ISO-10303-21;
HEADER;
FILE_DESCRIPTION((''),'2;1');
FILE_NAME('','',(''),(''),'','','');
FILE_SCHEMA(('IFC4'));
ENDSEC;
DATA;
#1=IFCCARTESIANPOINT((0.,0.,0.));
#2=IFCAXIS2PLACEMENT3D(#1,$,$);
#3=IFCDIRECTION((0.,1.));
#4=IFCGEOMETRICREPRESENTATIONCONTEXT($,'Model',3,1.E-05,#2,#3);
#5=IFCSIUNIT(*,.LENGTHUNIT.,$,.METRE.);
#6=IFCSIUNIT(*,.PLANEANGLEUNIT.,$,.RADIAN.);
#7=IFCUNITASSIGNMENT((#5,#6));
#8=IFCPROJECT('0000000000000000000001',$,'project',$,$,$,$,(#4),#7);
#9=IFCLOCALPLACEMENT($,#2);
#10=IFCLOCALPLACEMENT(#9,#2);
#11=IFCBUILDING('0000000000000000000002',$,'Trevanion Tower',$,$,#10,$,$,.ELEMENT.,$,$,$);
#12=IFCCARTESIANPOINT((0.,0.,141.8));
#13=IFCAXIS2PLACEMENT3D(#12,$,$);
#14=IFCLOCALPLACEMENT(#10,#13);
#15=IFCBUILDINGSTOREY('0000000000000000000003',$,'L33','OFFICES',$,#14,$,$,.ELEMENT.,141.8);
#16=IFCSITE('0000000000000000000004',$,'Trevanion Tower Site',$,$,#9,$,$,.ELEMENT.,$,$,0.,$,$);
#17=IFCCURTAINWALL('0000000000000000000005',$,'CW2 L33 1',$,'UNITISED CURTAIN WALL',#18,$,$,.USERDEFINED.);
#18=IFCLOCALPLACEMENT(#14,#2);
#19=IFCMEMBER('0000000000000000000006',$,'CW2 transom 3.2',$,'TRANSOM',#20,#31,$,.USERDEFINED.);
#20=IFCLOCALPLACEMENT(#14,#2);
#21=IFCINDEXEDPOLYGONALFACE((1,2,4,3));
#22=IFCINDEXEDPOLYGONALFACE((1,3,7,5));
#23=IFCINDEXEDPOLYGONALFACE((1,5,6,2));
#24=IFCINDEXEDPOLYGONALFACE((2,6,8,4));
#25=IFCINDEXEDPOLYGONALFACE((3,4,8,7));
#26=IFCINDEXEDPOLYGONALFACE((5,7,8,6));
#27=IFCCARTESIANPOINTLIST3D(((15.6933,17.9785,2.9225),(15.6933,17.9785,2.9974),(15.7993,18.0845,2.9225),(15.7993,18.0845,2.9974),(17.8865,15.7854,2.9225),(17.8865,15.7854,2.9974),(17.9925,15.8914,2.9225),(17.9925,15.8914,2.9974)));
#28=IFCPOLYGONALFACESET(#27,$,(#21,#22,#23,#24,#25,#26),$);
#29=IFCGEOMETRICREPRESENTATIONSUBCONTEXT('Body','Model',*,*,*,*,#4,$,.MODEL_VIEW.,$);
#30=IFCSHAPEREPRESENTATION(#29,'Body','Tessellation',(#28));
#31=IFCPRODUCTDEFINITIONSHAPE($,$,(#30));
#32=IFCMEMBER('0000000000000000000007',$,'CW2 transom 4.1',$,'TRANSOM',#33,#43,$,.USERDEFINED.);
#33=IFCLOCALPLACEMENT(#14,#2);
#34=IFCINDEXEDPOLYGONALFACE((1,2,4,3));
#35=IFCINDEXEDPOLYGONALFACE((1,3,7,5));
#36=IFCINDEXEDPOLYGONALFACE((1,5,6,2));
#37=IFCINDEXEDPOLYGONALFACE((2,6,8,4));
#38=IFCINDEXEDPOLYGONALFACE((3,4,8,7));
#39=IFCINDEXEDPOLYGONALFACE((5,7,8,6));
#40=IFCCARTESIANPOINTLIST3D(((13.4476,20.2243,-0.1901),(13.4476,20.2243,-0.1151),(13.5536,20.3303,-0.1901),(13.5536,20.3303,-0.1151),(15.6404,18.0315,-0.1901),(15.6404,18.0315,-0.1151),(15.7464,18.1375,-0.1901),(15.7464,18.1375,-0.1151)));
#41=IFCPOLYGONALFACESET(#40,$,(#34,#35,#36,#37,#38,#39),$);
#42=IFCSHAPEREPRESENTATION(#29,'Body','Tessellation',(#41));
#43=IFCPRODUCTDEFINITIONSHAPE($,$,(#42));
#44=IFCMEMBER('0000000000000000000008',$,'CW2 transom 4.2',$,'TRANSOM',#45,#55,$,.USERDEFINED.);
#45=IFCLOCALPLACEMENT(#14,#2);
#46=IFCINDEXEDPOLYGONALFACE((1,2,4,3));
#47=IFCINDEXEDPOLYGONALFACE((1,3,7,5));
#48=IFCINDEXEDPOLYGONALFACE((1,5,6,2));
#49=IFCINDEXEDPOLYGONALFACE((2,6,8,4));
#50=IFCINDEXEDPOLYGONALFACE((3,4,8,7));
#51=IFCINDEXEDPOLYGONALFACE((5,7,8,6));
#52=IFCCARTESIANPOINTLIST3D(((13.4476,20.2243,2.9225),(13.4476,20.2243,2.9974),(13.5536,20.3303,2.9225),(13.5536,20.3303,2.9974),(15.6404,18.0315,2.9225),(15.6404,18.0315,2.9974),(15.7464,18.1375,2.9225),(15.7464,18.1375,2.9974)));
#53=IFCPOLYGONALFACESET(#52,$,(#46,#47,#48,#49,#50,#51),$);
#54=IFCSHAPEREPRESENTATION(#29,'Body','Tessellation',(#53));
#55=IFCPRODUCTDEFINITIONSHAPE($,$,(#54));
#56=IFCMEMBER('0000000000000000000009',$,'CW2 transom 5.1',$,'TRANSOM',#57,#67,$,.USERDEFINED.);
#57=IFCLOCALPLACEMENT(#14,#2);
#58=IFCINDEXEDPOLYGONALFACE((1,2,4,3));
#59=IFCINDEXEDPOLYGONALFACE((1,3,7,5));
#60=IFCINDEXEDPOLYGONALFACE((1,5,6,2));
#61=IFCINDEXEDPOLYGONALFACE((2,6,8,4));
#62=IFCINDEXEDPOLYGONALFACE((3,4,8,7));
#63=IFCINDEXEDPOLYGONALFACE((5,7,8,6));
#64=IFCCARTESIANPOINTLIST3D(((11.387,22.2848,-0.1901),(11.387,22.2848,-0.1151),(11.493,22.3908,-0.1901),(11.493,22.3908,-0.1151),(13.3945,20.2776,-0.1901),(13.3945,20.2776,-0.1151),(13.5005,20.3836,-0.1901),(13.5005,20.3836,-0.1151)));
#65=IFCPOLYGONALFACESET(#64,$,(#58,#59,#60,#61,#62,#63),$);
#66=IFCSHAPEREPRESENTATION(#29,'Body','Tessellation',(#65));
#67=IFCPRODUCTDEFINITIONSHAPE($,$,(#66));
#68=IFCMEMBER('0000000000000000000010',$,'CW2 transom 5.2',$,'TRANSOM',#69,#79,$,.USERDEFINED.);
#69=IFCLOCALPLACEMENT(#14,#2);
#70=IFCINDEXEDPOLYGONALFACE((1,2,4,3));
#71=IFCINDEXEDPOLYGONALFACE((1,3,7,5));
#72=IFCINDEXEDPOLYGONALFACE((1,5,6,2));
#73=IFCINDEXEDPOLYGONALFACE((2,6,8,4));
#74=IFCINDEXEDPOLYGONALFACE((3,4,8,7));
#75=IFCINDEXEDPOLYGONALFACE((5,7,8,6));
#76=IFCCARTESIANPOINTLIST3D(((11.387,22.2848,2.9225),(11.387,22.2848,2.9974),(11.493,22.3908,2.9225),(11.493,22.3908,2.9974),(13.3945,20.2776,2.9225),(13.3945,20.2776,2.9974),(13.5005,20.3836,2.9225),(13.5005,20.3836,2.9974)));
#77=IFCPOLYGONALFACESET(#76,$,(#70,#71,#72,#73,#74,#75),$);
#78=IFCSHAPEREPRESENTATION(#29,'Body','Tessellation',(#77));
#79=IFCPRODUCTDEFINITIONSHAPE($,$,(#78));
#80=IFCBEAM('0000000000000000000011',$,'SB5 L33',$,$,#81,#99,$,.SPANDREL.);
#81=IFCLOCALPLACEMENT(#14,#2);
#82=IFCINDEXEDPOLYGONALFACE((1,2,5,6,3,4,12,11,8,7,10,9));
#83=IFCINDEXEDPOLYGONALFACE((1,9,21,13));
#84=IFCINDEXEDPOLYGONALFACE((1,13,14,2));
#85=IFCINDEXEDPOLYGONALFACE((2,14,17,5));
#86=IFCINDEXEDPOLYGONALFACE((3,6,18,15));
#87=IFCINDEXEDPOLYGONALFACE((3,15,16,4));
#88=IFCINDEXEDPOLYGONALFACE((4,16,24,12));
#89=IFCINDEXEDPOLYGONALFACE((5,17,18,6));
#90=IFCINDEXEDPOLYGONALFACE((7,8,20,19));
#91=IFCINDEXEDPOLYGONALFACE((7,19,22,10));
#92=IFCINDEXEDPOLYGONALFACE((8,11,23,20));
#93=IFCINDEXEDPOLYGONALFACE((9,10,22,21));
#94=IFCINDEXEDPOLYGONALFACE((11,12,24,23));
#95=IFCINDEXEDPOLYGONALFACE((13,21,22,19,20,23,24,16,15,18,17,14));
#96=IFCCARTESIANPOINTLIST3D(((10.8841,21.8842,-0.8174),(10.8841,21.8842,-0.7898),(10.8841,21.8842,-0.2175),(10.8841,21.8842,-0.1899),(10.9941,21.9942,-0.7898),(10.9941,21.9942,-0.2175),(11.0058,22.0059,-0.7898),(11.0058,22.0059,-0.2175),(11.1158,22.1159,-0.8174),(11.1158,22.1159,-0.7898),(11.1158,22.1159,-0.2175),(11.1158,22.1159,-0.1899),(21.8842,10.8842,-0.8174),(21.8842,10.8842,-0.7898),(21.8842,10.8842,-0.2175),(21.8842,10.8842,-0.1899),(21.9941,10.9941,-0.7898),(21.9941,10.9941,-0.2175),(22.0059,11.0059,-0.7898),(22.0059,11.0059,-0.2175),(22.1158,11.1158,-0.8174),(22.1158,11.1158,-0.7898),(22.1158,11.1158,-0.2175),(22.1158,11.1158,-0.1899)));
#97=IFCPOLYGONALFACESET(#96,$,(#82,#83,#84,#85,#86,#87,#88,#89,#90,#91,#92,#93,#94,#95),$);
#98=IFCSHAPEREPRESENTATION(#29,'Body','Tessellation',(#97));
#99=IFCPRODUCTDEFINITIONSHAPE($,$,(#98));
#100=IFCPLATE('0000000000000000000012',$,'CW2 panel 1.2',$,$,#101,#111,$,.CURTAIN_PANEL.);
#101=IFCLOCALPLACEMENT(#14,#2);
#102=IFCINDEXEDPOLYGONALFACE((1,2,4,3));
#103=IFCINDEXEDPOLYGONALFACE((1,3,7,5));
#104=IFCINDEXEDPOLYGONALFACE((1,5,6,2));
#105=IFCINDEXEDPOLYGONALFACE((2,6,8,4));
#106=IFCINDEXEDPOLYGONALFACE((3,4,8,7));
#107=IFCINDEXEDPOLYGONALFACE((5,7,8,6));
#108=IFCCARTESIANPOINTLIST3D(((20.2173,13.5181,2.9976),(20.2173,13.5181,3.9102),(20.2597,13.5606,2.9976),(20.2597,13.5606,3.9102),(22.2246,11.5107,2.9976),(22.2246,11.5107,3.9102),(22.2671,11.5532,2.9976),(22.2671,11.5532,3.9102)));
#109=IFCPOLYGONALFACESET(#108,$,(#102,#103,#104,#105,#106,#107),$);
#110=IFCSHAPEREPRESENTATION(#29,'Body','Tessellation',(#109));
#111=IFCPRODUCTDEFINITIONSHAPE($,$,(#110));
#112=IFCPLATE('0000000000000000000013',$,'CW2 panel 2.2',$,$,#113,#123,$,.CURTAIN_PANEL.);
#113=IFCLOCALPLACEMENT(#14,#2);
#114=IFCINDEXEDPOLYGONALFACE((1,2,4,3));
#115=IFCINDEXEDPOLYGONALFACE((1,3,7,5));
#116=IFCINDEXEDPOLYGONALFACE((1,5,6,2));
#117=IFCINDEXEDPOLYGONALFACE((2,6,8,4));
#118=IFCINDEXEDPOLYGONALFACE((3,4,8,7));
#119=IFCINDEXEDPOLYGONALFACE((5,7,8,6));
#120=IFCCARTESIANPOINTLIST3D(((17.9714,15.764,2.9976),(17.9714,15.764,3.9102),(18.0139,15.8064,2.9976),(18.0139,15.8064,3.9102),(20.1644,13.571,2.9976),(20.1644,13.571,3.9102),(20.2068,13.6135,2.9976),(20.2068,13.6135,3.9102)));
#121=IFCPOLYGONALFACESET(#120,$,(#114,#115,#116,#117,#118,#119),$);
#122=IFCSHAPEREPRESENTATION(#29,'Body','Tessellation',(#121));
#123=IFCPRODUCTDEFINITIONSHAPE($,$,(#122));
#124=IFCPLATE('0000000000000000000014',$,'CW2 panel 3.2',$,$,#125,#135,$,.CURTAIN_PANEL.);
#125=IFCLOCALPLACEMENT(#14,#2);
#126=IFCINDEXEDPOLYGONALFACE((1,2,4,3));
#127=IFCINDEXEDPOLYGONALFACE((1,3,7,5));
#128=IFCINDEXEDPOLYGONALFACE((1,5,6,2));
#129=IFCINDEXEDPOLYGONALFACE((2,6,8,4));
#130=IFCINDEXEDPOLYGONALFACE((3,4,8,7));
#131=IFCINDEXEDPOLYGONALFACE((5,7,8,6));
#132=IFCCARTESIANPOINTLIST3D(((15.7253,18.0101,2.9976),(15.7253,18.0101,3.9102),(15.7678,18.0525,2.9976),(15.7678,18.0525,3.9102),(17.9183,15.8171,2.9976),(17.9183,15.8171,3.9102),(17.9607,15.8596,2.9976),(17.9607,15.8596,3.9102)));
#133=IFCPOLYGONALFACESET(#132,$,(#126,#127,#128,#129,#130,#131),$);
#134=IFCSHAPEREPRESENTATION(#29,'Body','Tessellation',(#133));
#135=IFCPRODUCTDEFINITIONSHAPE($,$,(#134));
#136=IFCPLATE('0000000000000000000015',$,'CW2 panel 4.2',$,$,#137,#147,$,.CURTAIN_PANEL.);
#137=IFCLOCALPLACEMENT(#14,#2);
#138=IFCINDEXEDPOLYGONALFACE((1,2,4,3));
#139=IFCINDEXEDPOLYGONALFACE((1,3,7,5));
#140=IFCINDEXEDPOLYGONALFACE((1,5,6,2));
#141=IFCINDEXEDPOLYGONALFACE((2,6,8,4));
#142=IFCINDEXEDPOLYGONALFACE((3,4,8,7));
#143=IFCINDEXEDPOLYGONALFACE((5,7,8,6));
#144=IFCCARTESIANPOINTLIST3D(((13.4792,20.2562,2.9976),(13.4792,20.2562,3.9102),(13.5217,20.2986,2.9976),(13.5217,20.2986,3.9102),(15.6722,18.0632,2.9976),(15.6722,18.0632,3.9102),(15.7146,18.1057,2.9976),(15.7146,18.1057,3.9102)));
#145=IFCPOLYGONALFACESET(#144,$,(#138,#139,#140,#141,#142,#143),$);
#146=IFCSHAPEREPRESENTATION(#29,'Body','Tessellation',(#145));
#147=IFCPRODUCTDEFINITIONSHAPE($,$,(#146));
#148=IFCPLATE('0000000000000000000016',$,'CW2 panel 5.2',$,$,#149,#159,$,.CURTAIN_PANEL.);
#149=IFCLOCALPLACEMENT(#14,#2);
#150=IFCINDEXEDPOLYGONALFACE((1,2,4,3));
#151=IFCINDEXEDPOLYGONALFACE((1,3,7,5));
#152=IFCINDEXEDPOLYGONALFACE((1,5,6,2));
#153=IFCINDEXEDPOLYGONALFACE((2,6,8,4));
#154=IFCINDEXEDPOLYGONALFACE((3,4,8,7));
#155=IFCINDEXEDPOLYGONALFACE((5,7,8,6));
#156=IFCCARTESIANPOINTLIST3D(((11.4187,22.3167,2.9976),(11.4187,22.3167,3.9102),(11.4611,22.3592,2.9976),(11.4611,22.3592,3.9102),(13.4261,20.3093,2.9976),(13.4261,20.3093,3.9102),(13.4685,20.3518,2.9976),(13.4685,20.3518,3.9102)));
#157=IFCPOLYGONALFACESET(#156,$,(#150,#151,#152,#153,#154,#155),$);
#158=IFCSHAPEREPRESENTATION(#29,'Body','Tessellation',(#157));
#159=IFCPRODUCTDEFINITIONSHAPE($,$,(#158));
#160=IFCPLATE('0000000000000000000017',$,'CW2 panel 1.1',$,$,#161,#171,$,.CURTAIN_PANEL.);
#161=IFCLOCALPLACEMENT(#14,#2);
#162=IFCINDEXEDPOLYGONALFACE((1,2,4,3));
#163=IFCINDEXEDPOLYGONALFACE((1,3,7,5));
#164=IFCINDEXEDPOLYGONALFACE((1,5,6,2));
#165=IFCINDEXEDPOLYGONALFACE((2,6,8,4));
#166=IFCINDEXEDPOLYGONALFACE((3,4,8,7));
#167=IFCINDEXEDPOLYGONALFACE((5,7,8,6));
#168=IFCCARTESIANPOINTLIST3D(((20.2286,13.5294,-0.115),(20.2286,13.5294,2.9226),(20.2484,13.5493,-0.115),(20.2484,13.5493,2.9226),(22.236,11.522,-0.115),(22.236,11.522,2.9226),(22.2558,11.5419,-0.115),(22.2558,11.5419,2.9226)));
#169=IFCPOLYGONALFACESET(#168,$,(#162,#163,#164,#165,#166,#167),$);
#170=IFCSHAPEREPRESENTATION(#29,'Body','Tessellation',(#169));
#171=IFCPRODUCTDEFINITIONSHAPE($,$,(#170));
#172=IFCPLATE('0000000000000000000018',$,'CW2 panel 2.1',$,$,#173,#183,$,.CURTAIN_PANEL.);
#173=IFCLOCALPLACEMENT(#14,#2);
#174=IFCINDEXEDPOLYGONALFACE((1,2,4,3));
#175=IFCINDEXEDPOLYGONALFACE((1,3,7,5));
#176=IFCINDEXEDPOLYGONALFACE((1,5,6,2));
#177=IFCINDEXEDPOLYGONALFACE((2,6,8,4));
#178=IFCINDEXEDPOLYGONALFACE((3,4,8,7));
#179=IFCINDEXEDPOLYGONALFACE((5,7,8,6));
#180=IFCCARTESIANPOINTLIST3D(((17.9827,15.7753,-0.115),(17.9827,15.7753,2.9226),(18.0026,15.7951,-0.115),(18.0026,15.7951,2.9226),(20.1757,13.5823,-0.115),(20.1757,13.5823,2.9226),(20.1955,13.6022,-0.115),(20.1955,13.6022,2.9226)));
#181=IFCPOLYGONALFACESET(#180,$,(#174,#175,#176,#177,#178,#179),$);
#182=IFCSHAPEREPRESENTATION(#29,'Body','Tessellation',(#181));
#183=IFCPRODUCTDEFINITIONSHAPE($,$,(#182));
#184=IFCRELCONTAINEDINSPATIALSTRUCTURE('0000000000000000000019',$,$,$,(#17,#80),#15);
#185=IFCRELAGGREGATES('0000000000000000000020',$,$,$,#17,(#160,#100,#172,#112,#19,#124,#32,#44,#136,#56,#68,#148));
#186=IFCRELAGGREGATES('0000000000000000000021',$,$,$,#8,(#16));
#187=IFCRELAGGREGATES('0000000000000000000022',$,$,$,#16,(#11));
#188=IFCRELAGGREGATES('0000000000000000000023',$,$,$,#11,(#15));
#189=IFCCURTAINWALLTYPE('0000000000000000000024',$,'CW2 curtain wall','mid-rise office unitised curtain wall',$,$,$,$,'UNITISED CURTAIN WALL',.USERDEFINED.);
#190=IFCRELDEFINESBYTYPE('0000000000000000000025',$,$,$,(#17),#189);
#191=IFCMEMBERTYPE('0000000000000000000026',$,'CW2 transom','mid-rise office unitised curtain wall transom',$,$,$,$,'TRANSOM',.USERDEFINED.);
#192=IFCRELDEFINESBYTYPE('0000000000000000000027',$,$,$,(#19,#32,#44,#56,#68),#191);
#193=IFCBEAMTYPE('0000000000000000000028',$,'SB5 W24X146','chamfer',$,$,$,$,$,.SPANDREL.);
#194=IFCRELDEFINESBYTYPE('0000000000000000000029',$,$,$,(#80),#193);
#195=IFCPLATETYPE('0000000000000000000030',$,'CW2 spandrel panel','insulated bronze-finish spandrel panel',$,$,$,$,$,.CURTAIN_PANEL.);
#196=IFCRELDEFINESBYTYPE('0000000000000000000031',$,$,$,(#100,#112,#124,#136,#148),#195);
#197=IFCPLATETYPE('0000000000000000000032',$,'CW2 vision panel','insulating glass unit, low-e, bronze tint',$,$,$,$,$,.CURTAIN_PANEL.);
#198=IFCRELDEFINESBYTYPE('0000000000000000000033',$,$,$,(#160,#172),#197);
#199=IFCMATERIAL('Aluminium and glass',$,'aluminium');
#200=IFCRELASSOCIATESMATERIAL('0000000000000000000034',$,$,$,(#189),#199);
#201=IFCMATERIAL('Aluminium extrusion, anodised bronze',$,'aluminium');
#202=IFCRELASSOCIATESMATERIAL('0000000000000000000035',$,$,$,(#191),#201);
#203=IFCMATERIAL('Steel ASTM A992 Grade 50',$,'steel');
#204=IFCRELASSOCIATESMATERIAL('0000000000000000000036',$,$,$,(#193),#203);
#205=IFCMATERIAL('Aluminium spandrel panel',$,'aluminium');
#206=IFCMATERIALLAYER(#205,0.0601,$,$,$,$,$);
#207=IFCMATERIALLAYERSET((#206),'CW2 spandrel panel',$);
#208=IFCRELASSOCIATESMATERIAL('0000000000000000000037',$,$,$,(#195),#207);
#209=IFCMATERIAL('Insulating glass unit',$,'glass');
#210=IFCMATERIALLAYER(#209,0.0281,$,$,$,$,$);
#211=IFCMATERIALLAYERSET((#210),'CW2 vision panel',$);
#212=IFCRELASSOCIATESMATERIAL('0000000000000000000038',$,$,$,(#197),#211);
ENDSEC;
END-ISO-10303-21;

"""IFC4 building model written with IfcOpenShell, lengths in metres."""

from ifc_helpers import new_model, si_unit, direction, frame, origin, origin_2d, place, context, subcontext, project, spatial, rectangle, i_section, extrude, material, layer, layer_set, material_profile, profile_set, type_object, element, aggregate, save


model = new_model("IFC4")

# Units and contexts
model_context = context("Model", 3, precision=1e-05, world=origin(), true_north=direction((0.0, 1.0)))
body_context = subcontext(model_context, "Body", "Model", "MODEL_VIEW")
ifc_project = project(units=[si_unit("LENGTHUNIT", "METRE"), si_unit("PLANEANGLEUNIT", "RADIAN")], contexts=[model_context])

# Site, building, storey
site_placement = place(None, origin())
site = spatial("IfcSite", under=ifc_project, at=site_placement, Name="Trevanion Tower Site", CompositionType="ELEMENT", RefElevation=0.0)
building_placement = place(site_placement, origin())
building = spatial("IfcBuilding", under=site, at=building_placement, Name="Trevanion Tower", CompositionType="ELEMENT")
storey_placement = place(building_placement, frame((0.0, 0.0, 141.8)))
storey = spatial("IfcBuildingStorey", under=building, at=storey_placement, Name="L33", Description="OFFICES", CompositionType="ELEMENT", Elevation=141.8)

# Curtain wall
ifc_material_1 = material(Name="Aluminium and glass", Category="aluminium")
curtain_wall_type = type_object("IfcCurtainWallType", Name="CW2 curtain wall", Description="mid-rise office unitised curtain wall", ElementType="UNITISED CURTAIN WALL", PredefinedType="USERDEFINED", material=ifc_material_1)
curtain_wall_1_placement = place(storey_placement, origin())
curtain_wall_1 = element("IfcCurtainWall", 1, at=curtain_wall_1_placement, inside=storey, type_object=curtain_wall_type, Name="CW2 L33 1", ObjectType="UNITISED CURTAIN WALL", PredefinedType="USERDEFINED")

# Members
ifc_material_2 = material(Name="Aluminium extrusion, anodised bronze", Category="aluminium")
ifc_material_profile_1 = material_profile(ifc_material_2, rectangle(XDim=0.1499, YDim=0.075, at=origin_2d()), Name="CW2 transom")
ifc_profile_set_1 = profile_set([ifc_material_profile_1], Name="Aluminium extrusion, anodised bronze")
member_type_1 = type_object("IfcMemberType", Name="CW2 transom", Description="mid-rise office unitised curtain wall transom", ElementType="TRANSOM", PredefinedType="USERDEFINED", material=ifc_profile_set_1)
member_1_placement = place(storey_placement, frame((17.9395, 15.8384, 2.96), z_axis=(-0.707107, 0.707107, 0.0), x_axis=(-0.707107, -0.707107, 0.0)))
member_1 = element("IfcMember", 2, at=member_1_placement, type_object=member_type_1, Name="CW2 transom 3.2", ObjectType="TRANSOM", PredefinedType="USERDEFINED", context=body_context, shape_type="SweptSolid", body=[
    extrude(rectangle(XDim=0.1499, YDim=0.075, at=origin_2d()), origin(), (0.0, 0.0, 1.0), 3.1016),
])
member_2_placement = place(storey_placement, frame((15.6934, 18.0845, -0.1526), z_axis=(-0.707107, 0.707107, 0.0), x_axis=(-0.707107, -0.707107, 0.0)))
member_2 = element("IfcMember", 3, at=member_2_placement, type_object=member_type_1, Name="CW2 transom 4.1", ObjectType="TRANSOM", PredefinedType="USERDEFINED", context=body_context, shape_type="SweptSolid", body=[
    extrude(rectangle(XDim=0.1499, YDim=0.075, at=origin_2d()), origin(), (0.0, 0.0, 1.0), 3.1011),
])
member_3_placement = place(storey_placement, frame((15.6934, 18.0845, 2.96), z_axis=(-0.707107, 0.707107, 0.0), x_axis=(-0.707107, -0.707107, 0.0)))
member_3 = element("IfcMember", 4, at=member_3_placement, type_object=member_type_1, Name="CW2 transom 4.2", ObjectType="TRANSOM", PredefinedType="USERDEFINED", context=body_context, shape_type="SweptSolid", body=[
    extrude(rectangle(XDim=0.1499, YDim=0.075, at=origin_2d()), origin(), (0.0, 0.0, 1.0), 3.1011),
])
member_4_placement = place(storey_placement, frame((13.4475, 20.3306, -0.1526), z_axis=(-0.70715, 0.707064, 0.0), x_axis=(-0.707064, -0.70715, 0.0)))
member_4 = element("IfcMember", 5, at=member_4_placement, type_object=member_type_1, Name="CW2 transom 5.1", ObjectType="TRANSOM", PredefinedType="USERDEFINED", context=body_context, shape_type="SweptSolid", body=[
    extrude(rectangle(XDim=0.1499, YDim=0.075, at=origin_2d()), origin(), (0.0, 0.0, 1.0), 2.8389),
])
member_5_placement = place(storey_placement, frame((13.4475, 20.3306, 2.96), z_axis=(-0.70715, 0.707064, 0.0), x_axis=(-0.707064, -0.70715, 0.0)))
member_5 = element("IfcMember", 6, at=member_5_placement, type_object=member_type_1, Name="CW2 transom 5.2", ObjectType="TRANSOM", PredefinedType="USERDEFINED", context=body_context, shape_type="SweptSolid", body=[
    extrude(rectangle(XDim=0.1499, YDim=0.075, at=origin_2d()), origin(), (0.0, 0.0, 1.0), 2.8389),
])

# Beam
ifc_material_3 = material(Name="Steel ASTM A992 Grade 50", Category="steel")
ifc_material_profile_2 = material_profile(ifc_material_3, i_section(OverallWidth=0.3276, OverallDepth=0.6274, WebThickness=0.0166, FlangeThickness=0.0276, at=origin_2d()), Name="W24X146")
ifc_profile_set_2 = profile_set([ifc_material_profile_2], Name="Steel ASTM A992 Grade 50")
beam_type_1 = type_object("IfcBeamType", Name="SB5 W24X146", Description="chamfer", PredefinedType="SPANDREL", material=ifc_profile_set_2)
beam_1_placement = place(storey_placement, frame((22.0, 11.0, -0.5037), z_axis=(-0.707107, 0.707107, 0.0), x_axis=(-0.707107, -0.707107, 0.0)))
element("IfcBeam", 7, at=beam_1_placement, inside=storey, type_object=beam_type_1, Name="SB5 L33", PredefinedType="SPANDREL", context=body_context, shape_type="SweptSolid", body=[
    extrude(i_section(OverallWidth=0.3276, OverallDepth=0.6274, WebThickness=0.0166, FlangeThickness=0.0276, at=origin_2d()), origin(), (0.0, 0.0, 1.0), 15.5564),
])

# Plates
ifc_material_4 = material(Name="Aluminium spandrel panel", Category="aluminium")
ifc_layer_1 = layer(ifc_material_4, 0.0601)
ifc_layer_set_1 = layer_set([ifc_layer_1], Name="CW2 spandrel panel")
plate_type_1 = type_object("IfcPlateType", Name="CW2 spandrel panel", Description="insulated bronze-finish spandrel panel", PredefinedType="CURTAIN_PANEL", material=ifc_layer_set_1)
plate_1_placement = place(storey_placement, frame((21.2422, 12.5356, 2.9976), z_axis=(0.0, 0.0, 1.0), x_axis=(-0.707107, 0.707107, 0.0)))
plate_1 = element("IfcPlate", 8, at=plate_1_placement, type_object=plate_type_1, Name="CW2 panel 1.2", PredefinedType="CURTAIN_PANEL", context=body_context, shape_type="SweptSolid", body=[
    extrude(rectangle(XDim=2.8389, YDim=0.0601, at=origin_2d()), origin(), (0.0, 0.0, 1.0), 0.9126),
])
plate_2_placement = place(storey_placement, frame((19.0891, 14.6887, 2.9976), z_axis=(0.0, 0.0, 1.0), x_axis=(-0.707107, 0.707107, 0.0)))
plate_2 = element("IfcPlate", 9, at=plate_2_placement, type_object=plate_type_1, Name="CW2 panel 2.2", PredefinedType="CURTAIN_PANEL", context=body_context, shape_type="SweptSolid", body=[
    extrude(rectangle(XDim=3.1013, YDim=0.0601, at=origin_2d()), origin(), (0.0, 0.0, 1.0), 0.9126),
])
plate_3_placement = place(storey_placement, frame((16.843, 16.9348, 2.9976), z_axis=(0.0, 0.0, 1.0), x_axis=(-0.707107, 0.707107, 0.0)))
plate_3 = element("IfcPlate", 10, at=plate_3_placement, type_object=plate_type_1, Name="CW2 panel 3.2", PredefinedType="CURTAIN_PANEL", context=body_context, shape_type="SweptSolid", body=[
    extrude(rectangle(XDim=3.1013, YDim=0.0601, at=origin_2d()), origin(), (0.0, 0.0, 1.0), 0.9126),
])
plate_4_placement = place(storey_placement, frame((14.5969, 19.1809, 2.9976), z_axis=(0.0, 0.0, 1.0), x_axis=(-0.707107, 0.707107, 0.0)))
plate_4 = element("IfcPlate", 11, at=plate_4_placement, type_object=plate_type_1, Name="CW2 panel 4.2", PredefinedType="CURTAIN_PANEL", context=body_context, shape_type="SweptSolid", body=[
    extrude(rectangle(XDim=3.1013, YDim=0.0601, at=origin_2d()), origin(), (0.0, 0.0, 1.0), 0.9126),
])
plate_5_placement = place(storey_placement, frame((12.4436, 21.3342, 2.9976), z_axis=(0.0, 0.0, 1.0), x_axis=(-0.707107, 0.707107, 0.0)))
plate_5 = element("IfcPlate", 12, at=plate_5_placement, type_object=plate_type_1, Name="CW2 panel 5.2", PredefinedType="CURTAIN_PANEL", context=body_context, shape_type="SweptSolid", body=[
    extrude(rectangle(XDim=2.8389, YDim=0.0601, at=origin_2d()), origin(), (0.0, 0.0, 1.0), 0.9126),
])
ifc_material_5 = material(Name="Insulating glass unit", Category="glass")
ifc_layer_2 = layer(ifc_material_5, 0.0281)
ifc_layer_set_2 = layer_set([ifc_layer_2], Name="CW2 vision panel")
plate_type_2 = type_object("IfcPlateType", Name="CW2 vision panel", Description="insulating glass unit, low-e, bronze tint", PredefinedType="CURTAIN_PANEL", material=ifc_layer_set_2)
plate_6_placement = place(storey_placement, frame((21.2422, 12.5356, -0.115), z_axis=(0.0, 0.0, 1.0), x_axis=(-0.707107, 0.707107, 0.0)))
plate_6 = element("IfcPlate", 13, at=plate_6_placement, type_object=plate_type_2, Name="CW2 panel 1.1", PredefinedType="CURTAIN_PANEL", context=body_context, shape_type="SweptSolid", body=[
    extrude(rectangle(XDim=2.8389, YDim=0.0281, at=origin_2d()), origin(), (0.0, 0.0, 1.0), 3.0376),
])
plate_7_placement = place(storey_placement, frame((19.0891, 14.6887, -0.115), z_axis=(0.0, 0.0, 1.0), x_axis=(-0.707107, 0.707107, 0.0)))
plate_7 = element("IfcPlate", 14, at=plate_7_placement, type_object=plate_type_2, Name="CW2 panel 2.1", PredefinedType="CURTAIN_PANEL", context=body_context, shape_type="SweptSolid", body=[
    extrude(rectangle(XDim=3.1013, YDim=0.0281, at=origin_2d()), origin(), (0.0, 0.0, 1.0), 3.0376),
])
aggregate(curtain_wall_1, [plate_6, plate_1, plate_7, plate_2, member_1, plate_3, member_2, member_3, plate_4, member_4, member_5, plate_5])

save(model, "model.ifc")
